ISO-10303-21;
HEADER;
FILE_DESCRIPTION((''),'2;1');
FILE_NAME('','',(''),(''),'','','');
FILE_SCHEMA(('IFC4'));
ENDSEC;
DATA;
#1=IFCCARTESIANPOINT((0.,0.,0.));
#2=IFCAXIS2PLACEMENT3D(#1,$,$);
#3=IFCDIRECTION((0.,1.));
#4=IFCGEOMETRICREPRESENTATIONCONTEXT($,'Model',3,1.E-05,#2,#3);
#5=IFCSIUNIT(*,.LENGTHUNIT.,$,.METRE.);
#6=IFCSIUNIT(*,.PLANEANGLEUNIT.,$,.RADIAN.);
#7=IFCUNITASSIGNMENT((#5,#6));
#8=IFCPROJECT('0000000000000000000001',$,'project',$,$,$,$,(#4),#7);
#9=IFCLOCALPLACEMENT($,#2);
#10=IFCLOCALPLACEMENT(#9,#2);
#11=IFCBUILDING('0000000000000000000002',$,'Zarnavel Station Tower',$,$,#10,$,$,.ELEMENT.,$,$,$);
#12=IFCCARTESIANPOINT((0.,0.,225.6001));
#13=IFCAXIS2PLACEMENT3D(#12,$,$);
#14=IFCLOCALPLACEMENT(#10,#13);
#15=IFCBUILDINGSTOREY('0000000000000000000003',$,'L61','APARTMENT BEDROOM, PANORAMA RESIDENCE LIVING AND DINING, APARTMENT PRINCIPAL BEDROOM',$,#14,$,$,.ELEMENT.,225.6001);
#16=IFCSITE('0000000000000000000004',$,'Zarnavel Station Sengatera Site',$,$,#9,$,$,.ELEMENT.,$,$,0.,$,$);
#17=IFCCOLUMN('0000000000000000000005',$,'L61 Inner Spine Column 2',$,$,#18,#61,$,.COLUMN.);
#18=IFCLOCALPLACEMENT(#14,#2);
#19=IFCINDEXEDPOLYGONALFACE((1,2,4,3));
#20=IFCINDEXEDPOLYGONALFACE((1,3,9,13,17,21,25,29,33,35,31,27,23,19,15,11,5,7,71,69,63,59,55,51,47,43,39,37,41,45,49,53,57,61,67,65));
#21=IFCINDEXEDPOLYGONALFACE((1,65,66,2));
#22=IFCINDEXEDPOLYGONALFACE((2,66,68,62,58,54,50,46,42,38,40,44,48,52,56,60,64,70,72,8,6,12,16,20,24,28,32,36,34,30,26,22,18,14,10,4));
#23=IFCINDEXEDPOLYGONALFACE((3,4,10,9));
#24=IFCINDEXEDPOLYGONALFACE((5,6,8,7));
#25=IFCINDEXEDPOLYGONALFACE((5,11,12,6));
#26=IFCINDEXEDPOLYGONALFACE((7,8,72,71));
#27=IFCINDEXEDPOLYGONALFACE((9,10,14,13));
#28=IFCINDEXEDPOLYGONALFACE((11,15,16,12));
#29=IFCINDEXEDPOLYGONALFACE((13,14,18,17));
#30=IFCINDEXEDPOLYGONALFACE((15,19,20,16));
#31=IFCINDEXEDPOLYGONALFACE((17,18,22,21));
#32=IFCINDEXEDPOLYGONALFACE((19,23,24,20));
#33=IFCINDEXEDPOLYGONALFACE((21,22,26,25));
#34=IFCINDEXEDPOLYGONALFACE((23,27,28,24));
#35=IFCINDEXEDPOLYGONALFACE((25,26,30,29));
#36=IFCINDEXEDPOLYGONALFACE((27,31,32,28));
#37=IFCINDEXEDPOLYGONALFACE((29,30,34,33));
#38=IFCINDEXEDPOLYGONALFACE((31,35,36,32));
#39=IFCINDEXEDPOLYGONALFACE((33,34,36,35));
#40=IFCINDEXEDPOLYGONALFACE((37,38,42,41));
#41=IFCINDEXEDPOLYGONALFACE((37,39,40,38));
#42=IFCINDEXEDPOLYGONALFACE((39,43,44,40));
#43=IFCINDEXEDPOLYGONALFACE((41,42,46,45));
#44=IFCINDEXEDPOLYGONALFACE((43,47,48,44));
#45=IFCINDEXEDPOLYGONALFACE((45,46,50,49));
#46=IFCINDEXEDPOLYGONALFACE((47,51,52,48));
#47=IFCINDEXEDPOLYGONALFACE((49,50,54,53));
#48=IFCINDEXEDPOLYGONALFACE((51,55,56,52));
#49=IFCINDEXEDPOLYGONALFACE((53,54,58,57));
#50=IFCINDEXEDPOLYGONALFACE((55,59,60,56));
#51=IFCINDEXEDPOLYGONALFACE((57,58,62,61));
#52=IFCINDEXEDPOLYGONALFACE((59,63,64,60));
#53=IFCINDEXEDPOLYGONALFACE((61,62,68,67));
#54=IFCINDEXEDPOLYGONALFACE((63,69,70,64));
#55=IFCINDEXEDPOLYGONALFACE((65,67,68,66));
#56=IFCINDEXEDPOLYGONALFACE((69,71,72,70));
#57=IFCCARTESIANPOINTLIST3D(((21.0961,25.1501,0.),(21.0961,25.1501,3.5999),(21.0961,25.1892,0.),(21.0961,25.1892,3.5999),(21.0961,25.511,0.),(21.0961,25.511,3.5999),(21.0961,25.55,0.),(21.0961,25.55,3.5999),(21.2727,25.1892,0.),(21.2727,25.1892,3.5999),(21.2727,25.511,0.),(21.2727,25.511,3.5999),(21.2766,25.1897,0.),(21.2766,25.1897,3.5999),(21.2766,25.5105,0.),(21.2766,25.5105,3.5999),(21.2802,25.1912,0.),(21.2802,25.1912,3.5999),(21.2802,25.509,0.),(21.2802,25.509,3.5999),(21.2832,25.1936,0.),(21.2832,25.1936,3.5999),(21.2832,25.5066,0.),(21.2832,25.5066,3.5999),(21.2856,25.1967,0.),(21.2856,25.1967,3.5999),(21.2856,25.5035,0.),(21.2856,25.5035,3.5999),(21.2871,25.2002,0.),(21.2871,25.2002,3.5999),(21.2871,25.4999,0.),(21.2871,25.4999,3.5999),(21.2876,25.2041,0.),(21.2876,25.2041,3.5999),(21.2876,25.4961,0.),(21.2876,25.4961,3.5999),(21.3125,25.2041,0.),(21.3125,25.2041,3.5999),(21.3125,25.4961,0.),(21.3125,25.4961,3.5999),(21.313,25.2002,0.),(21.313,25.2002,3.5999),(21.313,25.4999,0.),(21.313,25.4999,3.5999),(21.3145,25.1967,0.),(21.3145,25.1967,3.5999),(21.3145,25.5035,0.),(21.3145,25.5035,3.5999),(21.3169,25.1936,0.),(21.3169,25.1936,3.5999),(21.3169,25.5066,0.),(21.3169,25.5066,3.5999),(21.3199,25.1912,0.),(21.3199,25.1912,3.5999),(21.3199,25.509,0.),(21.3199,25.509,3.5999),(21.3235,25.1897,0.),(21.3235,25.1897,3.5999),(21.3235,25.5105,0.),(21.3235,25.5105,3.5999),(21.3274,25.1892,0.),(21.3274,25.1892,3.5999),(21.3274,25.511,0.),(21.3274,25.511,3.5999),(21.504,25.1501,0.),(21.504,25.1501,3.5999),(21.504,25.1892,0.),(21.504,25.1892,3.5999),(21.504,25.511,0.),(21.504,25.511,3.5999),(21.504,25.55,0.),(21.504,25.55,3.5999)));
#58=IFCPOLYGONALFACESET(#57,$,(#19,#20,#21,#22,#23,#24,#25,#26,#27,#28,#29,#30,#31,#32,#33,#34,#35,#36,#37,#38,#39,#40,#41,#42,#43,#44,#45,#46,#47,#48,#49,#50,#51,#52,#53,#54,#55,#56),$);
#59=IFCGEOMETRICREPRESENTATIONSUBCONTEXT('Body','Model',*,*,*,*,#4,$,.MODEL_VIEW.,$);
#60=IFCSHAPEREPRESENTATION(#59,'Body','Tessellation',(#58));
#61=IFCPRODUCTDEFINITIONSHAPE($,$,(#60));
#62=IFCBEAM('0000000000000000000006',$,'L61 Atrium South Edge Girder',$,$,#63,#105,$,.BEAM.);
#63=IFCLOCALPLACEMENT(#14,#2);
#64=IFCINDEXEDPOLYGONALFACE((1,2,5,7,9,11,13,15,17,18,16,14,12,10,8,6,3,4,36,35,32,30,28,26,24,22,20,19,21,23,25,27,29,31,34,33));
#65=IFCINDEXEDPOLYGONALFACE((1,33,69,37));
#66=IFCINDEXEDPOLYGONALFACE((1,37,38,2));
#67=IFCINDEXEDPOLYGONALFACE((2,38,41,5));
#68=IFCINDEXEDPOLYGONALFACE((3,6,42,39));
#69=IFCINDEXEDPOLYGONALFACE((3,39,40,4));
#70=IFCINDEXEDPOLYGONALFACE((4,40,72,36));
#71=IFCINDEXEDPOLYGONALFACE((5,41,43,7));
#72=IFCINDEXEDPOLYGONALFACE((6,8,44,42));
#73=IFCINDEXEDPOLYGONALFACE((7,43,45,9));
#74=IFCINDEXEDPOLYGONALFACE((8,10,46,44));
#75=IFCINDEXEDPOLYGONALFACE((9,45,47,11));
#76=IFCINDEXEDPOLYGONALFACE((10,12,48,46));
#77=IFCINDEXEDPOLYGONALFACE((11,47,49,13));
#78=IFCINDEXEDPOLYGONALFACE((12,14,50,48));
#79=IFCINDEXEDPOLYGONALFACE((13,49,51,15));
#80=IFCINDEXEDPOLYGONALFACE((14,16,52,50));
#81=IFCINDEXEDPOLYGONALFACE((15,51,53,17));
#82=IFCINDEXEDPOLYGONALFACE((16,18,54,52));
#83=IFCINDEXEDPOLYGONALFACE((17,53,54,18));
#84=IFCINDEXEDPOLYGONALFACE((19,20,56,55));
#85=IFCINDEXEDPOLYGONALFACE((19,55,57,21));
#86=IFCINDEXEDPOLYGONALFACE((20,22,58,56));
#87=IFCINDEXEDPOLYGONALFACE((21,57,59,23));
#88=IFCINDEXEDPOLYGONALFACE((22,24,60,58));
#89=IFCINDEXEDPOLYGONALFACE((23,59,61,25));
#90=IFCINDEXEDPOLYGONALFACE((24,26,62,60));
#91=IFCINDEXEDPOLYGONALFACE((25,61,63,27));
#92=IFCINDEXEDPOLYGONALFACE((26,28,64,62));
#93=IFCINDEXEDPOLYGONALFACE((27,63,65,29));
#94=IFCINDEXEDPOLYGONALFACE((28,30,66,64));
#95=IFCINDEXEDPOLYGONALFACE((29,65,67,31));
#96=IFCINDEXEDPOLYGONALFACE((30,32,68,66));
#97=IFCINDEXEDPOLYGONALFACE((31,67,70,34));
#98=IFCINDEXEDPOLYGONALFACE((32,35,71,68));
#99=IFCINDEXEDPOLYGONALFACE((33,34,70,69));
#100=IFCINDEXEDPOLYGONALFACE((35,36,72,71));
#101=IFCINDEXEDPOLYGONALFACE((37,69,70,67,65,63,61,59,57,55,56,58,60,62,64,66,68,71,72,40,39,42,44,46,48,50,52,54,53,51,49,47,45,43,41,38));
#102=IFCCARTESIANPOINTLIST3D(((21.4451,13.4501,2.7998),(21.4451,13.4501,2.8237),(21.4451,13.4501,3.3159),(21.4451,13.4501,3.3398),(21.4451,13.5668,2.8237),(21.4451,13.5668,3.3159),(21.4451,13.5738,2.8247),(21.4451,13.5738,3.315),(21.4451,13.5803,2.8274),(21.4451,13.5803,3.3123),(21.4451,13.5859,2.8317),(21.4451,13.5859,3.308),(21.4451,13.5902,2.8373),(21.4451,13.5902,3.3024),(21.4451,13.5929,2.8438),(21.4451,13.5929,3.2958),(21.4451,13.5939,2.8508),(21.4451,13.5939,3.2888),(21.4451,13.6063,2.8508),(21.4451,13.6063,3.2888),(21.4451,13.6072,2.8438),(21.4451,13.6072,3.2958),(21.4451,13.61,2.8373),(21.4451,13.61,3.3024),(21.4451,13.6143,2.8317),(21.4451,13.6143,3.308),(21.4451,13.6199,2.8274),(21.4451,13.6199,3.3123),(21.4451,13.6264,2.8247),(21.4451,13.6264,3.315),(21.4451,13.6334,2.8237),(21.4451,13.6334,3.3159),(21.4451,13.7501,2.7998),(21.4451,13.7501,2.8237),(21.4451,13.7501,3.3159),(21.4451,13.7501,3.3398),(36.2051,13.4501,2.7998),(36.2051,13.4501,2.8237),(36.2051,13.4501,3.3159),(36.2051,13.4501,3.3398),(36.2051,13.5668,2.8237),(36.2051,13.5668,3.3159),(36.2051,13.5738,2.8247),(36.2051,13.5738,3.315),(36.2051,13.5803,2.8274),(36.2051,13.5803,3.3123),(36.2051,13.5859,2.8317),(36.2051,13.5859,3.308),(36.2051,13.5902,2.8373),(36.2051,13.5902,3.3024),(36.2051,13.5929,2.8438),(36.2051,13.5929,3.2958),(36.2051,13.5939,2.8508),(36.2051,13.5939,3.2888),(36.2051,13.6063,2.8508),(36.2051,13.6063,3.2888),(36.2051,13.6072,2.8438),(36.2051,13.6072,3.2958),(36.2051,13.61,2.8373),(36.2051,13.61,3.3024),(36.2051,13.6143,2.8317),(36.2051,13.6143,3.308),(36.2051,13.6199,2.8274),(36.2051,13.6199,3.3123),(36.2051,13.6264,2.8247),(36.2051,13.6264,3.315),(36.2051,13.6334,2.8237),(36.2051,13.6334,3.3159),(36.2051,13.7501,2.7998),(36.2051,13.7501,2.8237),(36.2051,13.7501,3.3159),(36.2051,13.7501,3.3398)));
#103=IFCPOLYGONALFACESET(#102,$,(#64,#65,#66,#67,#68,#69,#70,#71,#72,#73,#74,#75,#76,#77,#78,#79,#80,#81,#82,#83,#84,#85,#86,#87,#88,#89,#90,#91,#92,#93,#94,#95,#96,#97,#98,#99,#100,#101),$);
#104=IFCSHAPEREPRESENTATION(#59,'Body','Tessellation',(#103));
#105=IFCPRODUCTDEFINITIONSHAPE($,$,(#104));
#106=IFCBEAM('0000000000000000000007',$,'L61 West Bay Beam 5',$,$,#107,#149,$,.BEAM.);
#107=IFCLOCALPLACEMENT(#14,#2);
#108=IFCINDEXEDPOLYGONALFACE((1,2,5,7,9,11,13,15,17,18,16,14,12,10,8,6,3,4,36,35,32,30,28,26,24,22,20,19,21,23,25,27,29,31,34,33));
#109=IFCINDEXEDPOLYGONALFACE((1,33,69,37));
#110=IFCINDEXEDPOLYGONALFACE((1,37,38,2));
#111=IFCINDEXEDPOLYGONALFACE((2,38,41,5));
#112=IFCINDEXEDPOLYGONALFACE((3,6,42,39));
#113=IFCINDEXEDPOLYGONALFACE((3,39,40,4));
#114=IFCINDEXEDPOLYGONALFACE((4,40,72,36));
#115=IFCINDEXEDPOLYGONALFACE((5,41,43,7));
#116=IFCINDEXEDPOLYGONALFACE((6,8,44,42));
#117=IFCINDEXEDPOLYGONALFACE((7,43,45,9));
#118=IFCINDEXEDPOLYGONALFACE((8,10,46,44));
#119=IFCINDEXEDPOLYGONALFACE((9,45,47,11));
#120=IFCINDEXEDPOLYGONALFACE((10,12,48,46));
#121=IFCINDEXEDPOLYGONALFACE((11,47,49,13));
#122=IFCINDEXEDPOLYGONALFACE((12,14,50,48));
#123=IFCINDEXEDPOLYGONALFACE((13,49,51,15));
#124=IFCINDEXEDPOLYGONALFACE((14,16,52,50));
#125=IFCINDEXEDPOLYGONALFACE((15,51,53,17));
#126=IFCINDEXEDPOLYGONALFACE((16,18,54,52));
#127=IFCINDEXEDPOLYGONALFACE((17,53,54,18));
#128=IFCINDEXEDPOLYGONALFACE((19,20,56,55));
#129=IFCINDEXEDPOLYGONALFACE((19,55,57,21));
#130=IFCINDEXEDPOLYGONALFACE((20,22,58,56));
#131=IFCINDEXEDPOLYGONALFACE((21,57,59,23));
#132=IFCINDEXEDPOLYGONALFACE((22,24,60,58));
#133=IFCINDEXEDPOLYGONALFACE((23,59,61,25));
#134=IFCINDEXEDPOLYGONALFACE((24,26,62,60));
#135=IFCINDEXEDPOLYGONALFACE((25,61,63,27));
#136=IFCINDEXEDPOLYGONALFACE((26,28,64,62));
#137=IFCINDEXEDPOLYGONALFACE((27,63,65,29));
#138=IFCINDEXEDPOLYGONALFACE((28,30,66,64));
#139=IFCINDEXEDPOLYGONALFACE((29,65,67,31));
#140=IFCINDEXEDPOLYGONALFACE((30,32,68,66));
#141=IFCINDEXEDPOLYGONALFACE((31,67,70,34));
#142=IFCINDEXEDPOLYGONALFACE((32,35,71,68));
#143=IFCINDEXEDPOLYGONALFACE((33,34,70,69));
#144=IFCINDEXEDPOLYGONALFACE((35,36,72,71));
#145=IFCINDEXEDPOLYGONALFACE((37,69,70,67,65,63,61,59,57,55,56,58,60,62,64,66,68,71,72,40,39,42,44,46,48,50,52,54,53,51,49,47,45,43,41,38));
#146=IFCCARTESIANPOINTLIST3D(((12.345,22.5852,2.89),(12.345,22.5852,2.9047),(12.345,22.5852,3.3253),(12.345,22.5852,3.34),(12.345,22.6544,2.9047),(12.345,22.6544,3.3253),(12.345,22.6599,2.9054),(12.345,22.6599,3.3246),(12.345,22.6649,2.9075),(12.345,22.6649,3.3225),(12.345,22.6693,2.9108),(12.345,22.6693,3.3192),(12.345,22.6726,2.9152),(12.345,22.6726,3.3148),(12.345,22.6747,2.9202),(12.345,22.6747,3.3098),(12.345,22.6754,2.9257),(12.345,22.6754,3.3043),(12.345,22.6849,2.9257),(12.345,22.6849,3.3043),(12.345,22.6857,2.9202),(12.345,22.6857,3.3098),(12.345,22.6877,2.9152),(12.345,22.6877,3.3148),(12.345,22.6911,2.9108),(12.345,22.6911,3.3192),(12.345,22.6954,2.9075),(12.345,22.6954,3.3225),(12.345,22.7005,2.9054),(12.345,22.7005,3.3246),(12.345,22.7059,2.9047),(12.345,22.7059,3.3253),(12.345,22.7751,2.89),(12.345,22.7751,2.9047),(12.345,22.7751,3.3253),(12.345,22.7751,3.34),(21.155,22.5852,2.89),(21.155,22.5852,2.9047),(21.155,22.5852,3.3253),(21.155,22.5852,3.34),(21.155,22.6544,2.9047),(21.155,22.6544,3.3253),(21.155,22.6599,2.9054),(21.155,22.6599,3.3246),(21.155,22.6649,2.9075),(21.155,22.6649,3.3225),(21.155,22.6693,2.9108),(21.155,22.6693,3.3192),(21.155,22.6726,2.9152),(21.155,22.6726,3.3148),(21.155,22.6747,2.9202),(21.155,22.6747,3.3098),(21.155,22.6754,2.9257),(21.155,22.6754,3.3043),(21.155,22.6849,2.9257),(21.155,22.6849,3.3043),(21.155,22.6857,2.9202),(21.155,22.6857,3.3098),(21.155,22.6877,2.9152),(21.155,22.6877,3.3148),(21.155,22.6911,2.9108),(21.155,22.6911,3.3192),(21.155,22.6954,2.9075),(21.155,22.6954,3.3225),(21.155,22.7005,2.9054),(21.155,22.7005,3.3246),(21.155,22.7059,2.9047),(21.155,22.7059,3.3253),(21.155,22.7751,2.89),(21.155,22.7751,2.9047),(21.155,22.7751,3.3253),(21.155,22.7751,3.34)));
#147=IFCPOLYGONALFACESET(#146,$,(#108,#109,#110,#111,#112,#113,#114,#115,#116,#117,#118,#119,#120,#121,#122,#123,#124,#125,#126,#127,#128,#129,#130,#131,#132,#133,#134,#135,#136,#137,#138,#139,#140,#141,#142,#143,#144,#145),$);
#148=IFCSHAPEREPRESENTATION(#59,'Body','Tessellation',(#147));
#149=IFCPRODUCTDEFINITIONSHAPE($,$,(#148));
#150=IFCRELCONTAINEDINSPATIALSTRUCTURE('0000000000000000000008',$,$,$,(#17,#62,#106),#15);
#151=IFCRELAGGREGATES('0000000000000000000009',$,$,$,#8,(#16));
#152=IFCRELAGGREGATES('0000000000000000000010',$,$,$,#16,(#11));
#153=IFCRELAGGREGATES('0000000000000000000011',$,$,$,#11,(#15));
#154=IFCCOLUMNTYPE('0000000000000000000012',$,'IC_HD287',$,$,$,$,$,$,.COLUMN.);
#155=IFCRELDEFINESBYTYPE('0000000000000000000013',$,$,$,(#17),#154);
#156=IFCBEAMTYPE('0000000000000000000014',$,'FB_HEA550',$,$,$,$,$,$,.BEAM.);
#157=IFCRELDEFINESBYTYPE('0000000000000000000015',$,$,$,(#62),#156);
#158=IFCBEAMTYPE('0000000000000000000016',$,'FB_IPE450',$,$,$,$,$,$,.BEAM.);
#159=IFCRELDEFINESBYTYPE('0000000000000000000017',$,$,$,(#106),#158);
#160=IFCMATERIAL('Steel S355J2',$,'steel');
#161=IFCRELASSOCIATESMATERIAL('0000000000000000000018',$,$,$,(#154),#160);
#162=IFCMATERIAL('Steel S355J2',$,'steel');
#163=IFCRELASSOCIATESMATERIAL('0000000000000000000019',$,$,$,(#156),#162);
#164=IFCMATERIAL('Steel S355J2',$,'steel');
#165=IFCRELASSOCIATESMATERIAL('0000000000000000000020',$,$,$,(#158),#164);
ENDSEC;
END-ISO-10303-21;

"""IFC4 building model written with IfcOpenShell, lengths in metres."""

from ifc_helpers import new_model, si_unit, direction, frame, origin, origin_2d, place, context, subcontext, project, spatial, i_section, extrude, material, material_profile, profile_set, type_object, element, save


model = new_model("IFC4")

# Units and contexts
model_context = context("Model", 3, precision=1e-05, world=origin(), true_north=direction((0.0, 1.0)))
body_context = subcontext(model_context, "Body", "Model", "MODEL_VIEW")
ifc_project = project(units=[si_unit("LENGTHUNIT", "METRE"), si_unit("PLANEANGLEUNIT", "RADIAN")], contexts=[model_context])

# Site, building, storey
site_placement = place(None, origin())
site = spatial("IfcSite", under=ifc_project, at=site_placement, Name="Zarnavel Station Sengatera Site", CompositionType="ELEMENT", RefElevation=0.0)
building_placement = place(site_placement, origin())
building = spatial("IfcBuilding", under=site, at=building_placement, Name="Zarnavel Station Tower", CompositionType="ELEMENT")
storey_placement = place(building_placement, frame((0.0, 0.0, 225.6001)))
storey = spatial("IfcBuildingStorey", under=building, at=storey_placement, Name="L61", Description="APARTMENT BEDROOM, PANORAMA RESIDENCE LIVING AND DINING, APARTMENT PRINCIPAL BEDROOM", CompositionType="ELEMENT", Elevation=225.6001)

# Column
ifc_material_1 = material(Name="Steel S355J2", Category="steel")
ifc_material_profile_1 = material_profile(ifc_material_1, i_section(OverallWidth=0.408, OverallDepth=0.3999, WebThickness=0.0249, FlangeThickness=0.0391, FilletRadius=0.0149, at=origin_2d()), Name="HD400x287")
ifc_profile_set_1 = profile_set([ifc_material_profile_1], Name="Steel S355J2")
column_type = type_object("IfcColumnType", Name="IC_HD287", PredefinedType="COLUMN", material=ifc_profile_set_1)
column_placement = place(storey_placement, frame((21.3, 25.3501, 0.0), z_axis=(0.0, 0.0, 1.0), x_axis=(1.0, 0.0, 0.0)))
element("IfcColumn", 1, at=column_placement, inside=storey, type_object=column_type, Name="L61 Inner Spine Column 2", PredefinedType="COLUMN", context=body_context, shape_type="SweptSolid", body=[
    extrude(i_section(OverallWidth=0.408, OverallDepth=0.3999, WebThickness=0.0249, FlangeThickness=0.0391, FilletRadius=0.0149, at=origin_2d()), origin(), (0.0, 0.0, 1.0), 3.5999),
])

# Beams
ifc_material_2 = material(Name="Steel S355J2", Category="steel")
ifc_material_profile_2 = material_profile(ifc_material_2, i_section(OverallWidth=0.3, OverallDepth=0.54, WebThickness=0.0125, FlangeThickness=0.0239, FilletRadius=0.0271, at=origin_2d()), Name="HEA550")
ifc_profile_set_2 = profile_set([ifc_material_profile_2], Name="Steel S355J2")
beam_type_1 = type_object("IfcBeamType", Name="FB_HEA550", PredefinedType="BEAM", material=ifc_profile_set_2)
beam_1_placement = place(storey_placement, frame((21.4451, 13.6001, 3.0698), z_axis=(1.0, 0.0, 0.0), x_axis=(0.0, 1.0, 0.0)))
element("IfcBeam", 2, at=beam_1_placement, inside=storey, type_object=beam_type_1, Name="L61 Atrium South Edge Girder", PredefinedType="BEAM", context=body_context, shape_type="SweptSolid", body=[
    extrude(i_section(OverallWidth=0.3, OverallDepth=0.54, WebThickness=0.0125, FlangeThickness=0.0239, FilletRadius=0.0271, at=origin_2d()), origin(), (0.0, 0.0, 1.0), 14.76),
])
ifc_material_3 = material(Name="Steel S355J2", Category="steel")
ifc_material_profile_3 = material_profile(ifc_material_3, i_section(OverallWidth=0.1899, OverallDepth=0.45, WebThickness=0.0095, FlangeThickness=0.0146, FilletRadius=0.021, at=origin_2d()), Name="IPE450")
ifc_profile_set_3 = profile_set([ifc_material_profile_3], Name="Steel S355J2")
beam_type_2 = type_object("IfcBeamType", Name="FB_IPE450", PredefinedType="BEAM", material=ifc_profile_set_3)
beam_2_placement = place(storey_placement, frame((12.345, 22.6802, 3.115), z_axis=(1.0, 0.0, 0.0), x_axis=(0.0, 1.0, 0.0)))
element("IfcBeam", 3, at=beam_2_placement, inside=storey, type_object=beam_type_2, Name="L61 West Bay Beam 5", PredefinedType="BEAM", context=body_context, shape_type="SweptSolid", body=[
    extrude(i_section(OverallWidth=0.1899, OverallDepth=0.45, WebThickness=0.0095, FlangeThickness=0.0146, FilletRadius=0.021, at=origin_2d()), origin(), (0.0, 0.0, 1.0), 8.8101),
])

save(model, "model.ifc")
